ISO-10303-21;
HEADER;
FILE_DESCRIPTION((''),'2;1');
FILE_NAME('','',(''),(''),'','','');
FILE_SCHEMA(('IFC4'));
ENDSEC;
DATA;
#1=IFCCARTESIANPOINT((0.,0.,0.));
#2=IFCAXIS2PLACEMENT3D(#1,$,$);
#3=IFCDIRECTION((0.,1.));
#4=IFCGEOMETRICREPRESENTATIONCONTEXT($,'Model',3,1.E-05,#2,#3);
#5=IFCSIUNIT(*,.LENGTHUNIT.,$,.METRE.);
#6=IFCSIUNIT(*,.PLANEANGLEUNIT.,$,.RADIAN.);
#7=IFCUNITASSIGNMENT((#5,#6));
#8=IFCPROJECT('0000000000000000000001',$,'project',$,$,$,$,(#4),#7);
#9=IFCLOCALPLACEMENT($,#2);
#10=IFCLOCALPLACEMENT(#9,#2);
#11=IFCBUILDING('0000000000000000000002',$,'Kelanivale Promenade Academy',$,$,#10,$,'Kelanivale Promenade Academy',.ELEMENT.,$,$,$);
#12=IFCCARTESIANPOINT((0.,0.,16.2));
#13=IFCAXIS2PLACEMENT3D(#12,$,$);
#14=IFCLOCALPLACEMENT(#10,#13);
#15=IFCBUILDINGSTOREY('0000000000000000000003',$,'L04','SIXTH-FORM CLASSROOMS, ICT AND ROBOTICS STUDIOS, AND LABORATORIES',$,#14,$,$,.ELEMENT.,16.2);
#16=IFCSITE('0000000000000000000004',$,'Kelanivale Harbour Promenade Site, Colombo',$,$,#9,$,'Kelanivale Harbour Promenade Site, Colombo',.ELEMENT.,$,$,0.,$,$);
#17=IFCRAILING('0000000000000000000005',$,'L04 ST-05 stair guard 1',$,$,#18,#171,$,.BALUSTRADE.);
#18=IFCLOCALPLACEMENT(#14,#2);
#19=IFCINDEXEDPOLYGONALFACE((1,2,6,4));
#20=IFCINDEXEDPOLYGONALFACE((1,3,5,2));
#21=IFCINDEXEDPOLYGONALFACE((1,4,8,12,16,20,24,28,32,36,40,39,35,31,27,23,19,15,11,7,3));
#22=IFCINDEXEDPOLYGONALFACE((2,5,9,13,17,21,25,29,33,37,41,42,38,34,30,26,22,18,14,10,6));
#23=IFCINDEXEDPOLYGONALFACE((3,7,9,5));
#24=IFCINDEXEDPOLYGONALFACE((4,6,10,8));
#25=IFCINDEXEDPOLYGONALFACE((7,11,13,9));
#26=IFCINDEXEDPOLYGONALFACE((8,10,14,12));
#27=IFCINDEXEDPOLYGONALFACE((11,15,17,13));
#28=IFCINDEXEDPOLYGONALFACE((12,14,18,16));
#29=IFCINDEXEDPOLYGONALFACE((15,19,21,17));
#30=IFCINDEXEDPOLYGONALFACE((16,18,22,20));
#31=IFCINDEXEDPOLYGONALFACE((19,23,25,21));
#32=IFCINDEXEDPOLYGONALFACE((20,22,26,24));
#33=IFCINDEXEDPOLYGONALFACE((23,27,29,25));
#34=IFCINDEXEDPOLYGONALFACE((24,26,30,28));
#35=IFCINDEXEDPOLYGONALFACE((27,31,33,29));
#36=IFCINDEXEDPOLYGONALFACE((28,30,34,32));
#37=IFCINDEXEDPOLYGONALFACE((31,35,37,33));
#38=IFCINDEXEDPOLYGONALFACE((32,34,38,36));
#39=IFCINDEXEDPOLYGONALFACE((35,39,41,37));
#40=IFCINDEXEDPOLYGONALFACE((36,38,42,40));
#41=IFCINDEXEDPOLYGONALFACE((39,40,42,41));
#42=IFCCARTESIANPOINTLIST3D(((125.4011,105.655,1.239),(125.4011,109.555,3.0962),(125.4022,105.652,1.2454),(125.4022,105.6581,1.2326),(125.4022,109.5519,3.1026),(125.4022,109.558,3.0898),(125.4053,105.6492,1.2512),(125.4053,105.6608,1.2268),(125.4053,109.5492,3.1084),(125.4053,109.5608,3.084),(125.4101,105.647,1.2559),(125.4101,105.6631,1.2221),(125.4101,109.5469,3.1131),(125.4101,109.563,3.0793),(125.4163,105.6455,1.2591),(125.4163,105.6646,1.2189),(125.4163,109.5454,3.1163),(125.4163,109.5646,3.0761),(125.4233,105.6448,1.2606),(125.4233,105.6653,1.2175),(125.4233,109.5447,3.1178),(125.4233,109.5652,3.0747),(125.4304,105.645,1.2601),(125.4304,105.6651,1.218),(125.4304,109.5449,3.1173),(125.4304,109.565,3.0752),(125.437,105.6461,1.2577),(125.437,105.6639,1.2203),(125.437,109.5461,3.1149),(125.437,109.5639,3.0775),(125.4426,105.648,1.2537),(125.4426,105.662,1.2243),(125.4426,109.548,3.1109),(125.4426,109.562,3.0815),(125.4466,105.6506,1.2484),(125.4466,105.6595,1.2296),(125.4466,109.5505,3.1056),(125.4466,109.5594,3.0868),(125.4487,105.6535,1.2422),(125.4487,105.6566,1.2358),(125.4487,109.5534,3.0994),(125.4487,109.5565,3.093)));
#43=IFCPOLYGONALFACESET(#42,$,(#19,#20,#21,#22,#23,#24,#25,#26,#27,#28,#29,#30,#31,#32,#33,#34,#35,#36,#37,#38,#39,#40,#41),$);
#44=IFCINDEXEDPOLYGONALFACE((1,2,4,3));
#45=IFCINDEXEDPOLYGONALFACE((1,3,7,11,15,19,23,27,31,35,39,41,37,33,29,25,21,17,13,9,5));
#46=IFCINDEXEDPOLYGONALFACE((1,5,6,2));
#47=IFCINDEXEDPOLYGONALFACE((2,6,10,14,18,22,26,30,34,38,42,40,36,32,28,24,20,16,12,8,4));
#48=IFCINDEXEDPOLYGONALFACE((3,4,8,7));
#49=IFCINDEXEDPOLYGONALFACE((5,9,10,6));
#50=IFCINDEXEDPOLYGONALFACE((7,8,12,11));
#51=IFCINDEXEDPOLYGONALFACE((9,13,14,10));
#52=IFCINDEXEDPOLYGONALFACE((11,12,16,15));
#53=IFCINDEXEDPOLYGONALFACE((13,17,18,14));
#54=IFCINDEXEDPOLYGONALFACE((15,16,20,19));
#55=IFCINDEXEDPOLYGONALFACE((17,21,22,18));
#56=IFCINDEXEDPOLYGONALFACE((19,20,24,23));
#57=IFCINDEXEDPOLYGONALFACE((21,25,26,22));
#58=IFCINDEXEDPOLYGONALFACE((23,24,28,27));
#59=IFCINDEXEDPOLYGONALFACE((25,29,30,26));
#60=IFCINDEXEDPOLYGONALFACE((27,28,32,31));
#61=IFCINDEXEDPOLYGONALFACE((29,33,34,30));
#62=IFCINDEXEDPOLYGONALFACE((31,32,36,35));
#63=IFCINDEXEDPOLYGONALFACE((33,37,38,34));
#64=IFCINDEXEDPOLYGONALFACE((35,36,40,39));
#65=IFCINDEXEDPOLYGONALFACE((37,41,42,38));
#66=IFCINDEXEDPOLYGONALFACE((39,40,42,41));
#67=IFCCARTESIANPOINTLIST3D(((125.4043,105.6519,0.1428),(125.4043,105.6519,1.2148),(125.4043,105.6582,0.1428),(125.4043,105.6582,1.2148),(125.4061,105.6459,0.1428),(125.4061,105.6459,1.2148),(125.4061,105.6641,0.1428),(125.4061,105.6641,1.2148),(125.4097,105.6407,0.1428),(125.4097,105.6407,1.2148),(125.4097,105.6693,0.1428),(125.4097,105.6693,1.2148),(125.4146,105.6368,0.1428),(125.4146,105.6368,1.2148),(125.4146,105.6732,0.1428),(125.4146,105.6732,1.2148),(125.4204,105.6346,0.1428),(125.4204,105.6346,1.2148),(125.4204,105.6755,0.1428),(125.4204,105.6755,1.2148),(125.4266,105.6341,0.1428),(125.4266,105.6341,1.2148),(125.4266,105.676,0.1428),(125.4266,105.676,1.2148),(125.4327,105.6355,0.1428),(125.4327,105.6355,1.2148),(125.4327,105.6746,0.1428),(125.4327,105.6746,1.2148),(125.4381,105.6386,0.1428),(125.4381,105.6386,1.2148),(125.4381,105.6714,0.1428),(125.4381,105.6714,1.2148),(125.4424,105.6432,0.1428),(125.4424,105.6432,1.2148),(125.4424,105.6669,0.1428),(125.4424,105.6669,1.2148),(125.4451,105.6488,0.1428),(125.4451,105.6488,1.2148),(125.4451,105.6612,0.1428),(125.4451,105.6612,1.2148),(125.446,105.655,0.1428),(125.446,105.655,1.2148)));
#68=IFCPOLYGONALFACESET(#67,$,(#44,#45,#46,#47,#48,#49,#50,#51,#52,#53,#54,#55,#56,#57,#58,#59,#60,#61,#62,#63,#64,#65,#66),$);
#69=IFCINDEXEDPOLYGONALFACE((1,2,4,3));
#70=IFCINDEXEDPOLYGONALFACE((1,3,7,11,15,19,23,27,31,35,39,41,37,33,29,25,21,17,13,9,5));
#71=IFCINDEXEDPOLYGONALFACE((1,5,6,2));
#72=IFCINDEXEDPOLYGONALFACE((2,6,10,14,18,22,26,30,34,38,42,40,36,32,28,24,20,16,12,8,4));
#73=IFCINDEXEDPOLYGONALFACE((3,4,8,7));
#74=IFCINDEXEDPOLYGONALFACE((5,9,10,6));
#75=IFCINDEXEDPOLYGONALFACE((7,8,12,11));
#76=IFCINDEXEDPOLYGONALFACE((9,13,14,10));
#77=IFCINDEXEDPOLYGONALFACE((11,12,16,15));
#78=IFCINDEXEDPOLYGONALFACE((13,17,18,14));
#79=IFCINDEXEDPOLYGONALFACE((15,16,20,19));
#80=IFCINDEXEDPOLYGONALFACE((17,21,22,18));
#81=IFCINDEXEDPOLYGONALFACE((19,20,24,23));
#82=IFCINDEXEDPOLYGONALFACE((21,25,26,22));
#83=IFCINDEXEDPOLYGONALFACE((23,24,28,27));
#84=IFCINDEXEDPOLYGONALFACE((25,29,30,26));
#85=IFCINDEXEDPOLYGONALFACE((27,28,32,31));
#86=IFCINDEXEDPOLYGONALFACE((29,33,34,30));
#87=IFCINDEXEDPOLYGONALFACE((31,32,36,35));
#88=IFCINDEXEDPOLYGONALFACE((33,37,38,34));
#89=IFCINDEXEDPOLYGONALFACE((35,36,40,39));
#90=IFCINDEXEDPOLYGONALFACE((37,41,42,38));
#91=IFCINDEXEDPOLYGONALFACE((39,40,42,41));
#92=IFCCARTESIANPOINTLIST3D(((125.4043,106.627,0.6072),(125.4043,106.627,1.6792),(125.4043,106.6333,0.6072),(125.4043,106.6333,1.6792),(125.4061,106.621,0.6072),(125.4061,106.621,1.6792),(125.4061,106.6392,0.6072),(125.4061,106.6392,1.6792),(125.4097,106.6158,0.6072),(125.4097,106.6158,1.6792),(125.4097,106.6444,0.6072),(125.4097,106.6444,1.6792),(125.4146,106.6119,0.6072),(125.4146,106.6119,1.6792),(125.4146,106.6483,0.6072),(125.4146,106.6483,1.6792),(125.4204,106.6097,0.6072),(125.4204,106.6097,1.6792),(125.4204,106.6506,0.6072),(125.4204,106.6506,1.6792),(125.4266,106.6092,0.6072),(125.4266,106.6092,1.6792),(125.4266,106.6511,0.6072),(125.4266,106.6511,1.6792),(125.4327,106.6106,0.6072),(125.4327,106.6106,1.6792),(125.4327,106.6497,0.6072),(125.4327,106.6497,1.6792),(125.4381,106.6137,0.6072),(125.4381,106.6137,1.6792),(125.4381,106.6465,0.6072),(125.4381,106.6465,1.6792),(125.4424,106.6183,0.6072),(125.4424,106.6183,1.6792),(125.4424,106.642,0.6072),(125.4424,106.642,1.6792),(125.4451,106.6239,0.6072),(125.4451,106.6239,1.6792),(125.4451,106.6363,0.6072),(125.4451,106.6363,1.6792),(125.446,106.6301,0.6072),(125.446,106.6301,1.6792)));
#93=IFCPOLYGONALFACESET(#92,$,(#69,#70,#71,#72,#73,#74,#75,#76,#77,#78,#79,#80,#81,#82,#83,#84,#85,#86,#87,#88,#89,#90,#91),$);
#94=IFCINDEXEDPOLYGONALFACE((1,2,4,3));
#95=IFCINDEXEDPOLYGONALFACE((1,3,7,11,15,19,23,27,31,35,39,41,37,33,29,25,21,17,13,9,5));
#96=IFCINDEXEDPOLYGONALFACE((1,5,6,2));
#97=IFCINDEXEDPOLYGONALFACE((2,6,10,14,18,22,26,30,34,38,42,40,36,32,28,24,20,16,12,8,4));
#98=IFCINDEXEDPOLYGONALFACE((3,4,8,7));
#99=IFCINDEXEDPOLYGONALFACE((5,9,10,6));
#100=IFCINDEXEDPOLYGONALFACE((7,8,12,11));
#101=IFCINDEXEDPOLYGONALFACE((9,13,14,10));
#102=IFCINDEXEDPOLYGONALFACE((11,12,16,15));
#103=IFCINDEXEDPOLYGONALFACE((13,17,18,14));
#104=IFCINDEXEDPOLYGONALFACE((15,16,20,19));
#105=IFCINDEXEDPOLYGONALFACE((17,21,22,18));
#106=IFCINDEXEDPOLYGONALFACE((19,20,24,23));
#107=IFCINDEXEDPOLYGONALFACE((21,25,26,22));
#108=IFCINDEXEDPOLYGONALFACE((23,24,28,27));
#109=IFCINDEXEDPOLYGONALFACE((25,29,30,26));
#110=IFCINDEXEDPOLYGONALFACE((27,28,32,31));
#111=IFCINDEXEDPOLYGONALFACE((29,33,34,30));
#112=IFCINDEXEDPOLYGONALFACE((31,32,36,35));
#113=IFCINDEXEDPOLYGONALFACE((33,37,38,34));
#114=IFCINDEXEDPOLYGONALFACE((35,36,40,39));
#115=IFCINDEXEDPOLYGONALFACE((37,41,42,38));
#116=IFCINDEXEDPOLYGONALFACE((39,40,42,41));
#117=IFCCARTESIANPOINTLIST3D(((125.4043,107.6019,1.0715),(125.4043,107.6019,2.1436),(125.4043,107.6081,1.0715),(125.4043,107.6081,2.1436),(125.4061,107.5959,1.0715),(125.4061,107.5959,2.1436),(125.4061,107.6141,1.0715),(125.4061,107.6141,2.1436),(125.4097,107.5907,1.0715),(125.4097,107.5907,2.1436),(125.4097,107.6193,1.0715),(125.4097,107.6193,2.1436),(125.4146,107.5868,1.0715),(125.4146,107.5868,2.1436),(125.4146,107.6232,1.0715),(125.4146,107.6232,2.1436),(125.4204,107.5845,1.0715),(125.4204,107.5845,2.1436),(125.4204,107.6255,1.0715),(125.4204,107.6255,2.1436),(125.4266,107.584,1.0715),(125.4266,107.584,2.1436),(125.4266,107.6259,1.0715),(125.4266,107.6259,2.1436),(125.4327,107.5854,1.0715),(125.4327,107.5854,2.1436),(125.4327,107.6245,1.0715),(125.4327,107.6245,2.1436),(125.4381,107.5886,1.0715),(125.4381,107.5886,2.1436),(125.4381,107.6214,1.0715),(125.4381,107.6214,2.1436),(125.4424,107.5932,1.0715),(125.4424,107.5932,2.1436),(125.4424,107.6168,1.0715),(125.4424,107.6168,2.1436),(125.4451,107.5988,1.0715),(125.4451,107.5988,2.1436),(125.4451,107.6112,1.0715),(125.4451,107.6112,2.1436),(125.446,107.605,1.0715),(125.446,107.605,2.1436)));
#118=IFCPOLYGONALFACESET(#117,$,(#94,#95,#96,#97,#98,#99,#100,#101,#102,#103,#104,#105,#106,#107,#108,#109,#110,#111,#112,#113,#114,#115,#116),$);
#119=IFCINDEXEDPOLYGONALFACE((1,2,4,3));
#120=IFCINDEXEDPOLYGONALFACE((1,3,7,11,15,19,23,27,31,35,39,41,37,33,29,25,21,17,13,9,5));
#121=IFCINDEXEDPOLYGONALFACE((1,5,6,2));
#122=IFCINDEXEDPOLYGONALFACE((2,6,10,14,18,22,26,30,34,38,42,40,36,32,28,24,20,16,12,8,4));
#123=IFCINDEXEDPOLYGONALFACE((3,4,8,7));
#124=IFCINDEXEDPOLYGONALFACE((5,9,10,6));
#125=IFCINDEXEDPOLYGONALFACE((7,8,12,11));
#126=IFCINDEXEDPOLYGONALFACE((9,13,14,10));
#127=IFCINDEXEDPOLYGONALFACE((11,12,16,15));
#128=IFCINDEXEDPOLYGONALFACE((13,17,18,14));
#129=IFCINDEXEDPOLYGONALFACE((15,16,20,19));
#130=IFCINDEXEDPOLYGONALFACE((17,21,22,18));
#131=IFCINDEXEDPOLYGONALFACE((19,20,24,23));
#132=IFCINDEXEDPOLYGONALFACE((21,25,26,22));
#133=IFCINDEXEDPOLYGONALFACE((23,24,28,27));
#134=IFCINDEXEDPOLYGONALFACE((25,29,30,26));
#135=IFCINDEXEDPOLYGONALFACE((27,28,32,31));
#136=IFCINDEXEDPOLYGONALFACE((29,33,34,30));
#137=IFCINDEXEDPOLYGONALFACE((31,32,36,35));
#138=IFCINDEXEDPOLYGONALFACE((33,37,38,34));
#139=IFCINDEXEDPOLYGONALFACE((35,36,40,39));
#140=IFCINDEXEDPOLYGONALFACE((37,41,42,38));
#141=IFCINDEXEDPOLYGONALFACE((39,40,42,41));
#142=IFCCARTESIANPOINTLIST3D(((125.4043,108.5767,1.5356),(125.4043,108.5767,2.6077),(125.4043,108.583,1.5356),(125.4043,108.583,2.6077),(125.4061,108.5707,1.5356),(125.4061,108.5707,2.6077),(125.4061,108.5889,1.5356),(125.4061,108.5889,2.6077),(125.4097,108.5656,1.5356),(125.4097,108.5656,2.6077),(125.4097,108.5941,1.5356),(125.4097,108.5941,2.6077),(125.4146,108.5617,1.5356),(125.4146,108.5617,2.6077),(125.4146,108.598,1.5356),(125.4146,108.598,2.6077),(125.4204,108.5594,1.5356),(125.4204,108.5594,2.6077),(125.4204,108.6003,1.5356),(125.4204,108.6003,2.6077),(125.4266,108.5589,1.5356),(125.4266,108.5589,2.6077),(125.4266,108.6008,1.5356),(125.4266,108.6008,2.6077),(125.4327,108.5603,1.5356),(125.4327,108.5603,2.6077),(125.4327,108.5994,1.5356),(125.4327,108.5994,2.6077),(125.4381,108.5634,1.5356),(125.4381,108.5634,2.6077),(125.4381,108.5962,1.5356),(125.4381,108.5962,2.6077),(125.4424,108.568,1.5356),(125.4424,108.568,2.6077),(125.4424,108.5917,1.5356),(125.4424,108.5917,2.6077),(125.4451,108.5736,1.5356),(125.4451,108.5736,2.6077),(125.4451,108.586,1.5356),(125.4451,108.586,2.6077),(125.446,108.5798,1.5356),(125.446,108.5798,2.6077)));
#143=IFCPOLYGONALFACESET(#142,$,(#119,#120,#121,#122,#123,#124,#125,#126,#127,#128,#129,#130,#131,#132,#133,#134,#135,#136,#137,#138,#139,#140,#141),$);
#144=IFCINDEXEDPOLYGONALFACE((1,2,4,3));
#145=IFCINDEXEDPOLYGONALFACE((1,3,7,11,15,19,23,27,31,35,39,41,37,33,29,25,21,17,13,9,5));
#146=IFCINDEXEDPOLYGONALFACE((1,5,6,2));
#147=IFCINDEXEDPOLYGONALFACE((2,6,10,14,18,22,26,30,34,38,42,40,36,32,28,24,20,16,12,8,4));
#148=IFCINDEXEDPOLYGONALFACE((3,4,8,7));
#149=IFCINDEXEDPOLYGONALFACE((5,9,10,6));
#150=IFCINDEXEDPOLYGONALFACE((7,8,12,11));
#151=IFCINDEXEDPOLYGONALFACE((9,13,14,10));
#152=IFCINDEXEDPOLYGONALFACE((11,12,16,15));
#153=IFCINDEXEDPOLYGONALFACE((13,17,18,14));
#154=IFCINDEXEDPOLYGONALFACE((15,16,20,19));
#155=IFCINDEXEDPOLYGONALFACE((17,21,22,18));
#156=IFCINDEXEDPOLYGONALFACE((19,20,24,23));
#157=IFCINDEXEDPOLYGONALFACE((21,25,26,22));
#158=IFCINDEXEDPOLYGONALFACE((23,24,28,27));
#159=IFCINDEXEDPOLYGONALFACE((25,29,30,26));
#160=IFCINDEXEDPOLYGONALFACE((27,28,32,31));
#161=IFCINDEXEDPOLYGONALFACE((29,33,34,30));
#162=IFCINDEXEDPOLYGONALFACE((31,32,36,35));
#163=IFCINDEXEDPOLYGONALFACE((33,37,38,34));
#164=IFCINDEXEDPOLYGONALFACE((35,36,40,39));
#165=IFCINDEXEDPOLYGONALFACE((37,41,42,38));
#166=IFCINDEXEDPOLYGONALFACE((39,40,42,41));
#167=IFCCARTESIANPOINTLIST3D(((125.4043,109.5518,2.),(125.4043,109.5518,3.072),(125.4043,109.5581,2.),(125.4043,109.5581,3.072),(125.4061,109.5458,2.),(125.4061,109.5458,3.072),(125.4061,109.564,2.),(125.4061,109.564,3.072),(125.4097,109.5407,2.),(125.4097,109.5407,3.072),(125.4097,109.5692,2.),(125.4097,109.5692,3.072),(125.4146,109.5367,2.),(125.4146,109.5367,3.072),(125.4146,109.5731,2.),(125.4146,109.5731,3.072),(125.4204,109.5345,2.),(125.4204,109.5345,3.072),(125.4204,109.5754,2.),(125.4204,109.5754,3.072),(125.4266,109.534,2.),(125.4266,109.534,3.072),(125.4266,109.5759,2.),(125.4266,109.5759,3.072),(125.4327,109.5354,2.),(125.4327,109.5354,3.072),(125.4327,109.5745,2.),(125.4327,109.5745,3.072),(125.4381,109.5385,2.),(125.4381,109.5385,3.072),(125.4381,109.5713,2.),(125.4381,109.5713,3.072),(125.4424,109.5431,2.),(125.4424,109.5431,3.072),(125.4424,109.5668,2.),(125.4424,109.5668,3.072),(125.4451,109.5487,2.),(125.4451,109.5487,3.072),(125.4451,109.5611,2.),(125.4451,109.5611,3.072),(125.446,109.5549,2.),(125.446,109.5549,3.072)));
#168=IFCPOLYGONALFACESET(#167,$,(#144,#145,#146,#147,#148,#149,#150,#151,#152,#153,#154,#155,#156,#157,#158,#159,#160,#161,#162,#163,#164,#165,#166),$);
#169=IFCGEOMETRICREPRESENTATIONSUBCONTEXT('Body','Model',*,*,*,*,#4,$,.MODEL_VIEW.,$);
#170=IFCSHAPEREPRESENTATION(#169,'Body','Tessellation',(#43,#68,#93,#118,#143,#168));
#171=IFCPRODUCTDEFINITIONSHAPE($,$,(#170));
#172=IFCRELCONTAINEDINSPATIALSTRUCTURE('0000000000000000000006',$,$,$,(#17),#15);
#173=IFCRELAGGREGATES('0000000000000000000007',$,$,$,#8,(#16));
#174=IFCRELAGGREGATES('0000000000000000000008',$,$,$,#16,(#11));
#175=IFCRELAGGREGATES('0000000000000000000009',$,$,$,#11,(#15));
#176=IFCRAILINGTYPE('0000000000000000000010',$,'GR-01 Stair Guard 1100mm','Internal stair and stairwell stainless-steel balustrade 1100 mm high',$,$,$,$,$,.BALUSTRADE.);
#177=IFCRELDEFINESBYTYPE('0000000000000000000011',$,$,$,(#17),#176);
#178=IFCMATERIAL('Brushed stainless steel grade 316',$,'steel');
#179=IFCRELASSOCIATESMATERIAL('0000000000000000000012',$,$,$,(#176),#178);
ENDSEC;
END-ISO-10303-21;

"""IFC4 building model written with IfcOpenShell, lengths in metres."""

from ifc_helpers import new_model, si_unit, direction, frame, origin, origin_2d, place, context, subcontext, project, spatial, circle, extrude, material, type_object, element, save


model = new_model("IFC4")

# Units and contexts
model_context = context("Model", 3, precision=1e-05, world=origin(), true_north=direction((0.0, 1.0)))
body_context = subcontext(model_context, "Body", "Model", "MODEL_VIEW")
ifc_project = project(units=[si_unit("LENGTHUNIT", "METRE"), si_unit("PLANEANGLEUNIT", "RADIAN")], contexts=[model_context])

# Site, building, storey
site_placement = place(None, origin())
site = spatial("IfcSite", under=ifc_project, at=site_placement, Name="Kelanivale Harbour Promenade Site, Colombo", LongName="Kelanivale Harbour Promenade Site, Colombo", CompositionType="ELEMENT", RefElevation=0.0)
building_placement = place(site_placement, origin())
building = spatial("IfcBuilding", under=site, at=building_placement, Name="Kelanivale Promenade Academy", LongName="Kelanivale Promenade Academy", CompositionType="ELEMENT")
storey_placement = place(building_placement, frame((0.0, 0.0, 16.2)))
storey = spatial("IfcBuildingStorey", under=building, at=storey_placement, Name="L04", Description="SIXTH-FORM CLASSROOMS, ICT AND ROBOTICS STUDIOS, AND LABORATORIES", CompositionType="ELEMENT", Elevation=16.2)

# Railing
ifc_material_1 = material(Name="Brushed stainless steel grade 316", Category="steel")
railing_type_1 = type_object("IfcRailingType", Name="GR-01 Stair Guard 1100mm", Description="Internal stair and stairwell stainless-steel balustrade 1100 mm high", PredefinedType="BALUSTRADE", material=ifc_material_1)
railing_1_placement = place(storey_placement, frame((125.425, 105.655, 0.1428)))
element("IfcRailing", 1, at=railing_1_placement, inside=storey, type_object=railing_type_1, Name="L04 ST-05 stair guard 1", PredefinedType="BALUSTRADE", context=body_context, shape_type="SweptSolid", body=[
    extrude(circle(Radius=0.0239, at=origin_2d()), frame((0.0, 0.0, 1.0962), z_axis=(0.0, 0.902853, 0.429949), x_axis=(-1.0, 0.0, 0.0)), (0.0, 0.0, 1.0), 4.3196),
    extrude(circle(Radius=0.021, at=origin_2d()), origin(), (0.0, 0.0, 1.0), 1.072),
    extrude(circle(Radius=0.021, at=origin_2d()), frame((0.0, 0.9751, 0.4644)), (0.0, 0.0, 1.0), 1.072),
    extrude(circle(Radius=0.021, at=origin_2d()), frame((0.0, 1.95, 0.9287)), (0.0, 0.0, 1.0), 1.072),
    extrude(circle(Radius=0.021, at=origin_2d()), frame((0.0, 2.9248, 1.3928)), (0.0, 0.0, 1.0), 1.072),
    extrude(circle(Radius=0.021, at=origin_2d()), frame((0.0, 3.8999, 1.8572)), (0.0, 0.0, 1.0), 1.072),
])

save(model, "model.ifc")
